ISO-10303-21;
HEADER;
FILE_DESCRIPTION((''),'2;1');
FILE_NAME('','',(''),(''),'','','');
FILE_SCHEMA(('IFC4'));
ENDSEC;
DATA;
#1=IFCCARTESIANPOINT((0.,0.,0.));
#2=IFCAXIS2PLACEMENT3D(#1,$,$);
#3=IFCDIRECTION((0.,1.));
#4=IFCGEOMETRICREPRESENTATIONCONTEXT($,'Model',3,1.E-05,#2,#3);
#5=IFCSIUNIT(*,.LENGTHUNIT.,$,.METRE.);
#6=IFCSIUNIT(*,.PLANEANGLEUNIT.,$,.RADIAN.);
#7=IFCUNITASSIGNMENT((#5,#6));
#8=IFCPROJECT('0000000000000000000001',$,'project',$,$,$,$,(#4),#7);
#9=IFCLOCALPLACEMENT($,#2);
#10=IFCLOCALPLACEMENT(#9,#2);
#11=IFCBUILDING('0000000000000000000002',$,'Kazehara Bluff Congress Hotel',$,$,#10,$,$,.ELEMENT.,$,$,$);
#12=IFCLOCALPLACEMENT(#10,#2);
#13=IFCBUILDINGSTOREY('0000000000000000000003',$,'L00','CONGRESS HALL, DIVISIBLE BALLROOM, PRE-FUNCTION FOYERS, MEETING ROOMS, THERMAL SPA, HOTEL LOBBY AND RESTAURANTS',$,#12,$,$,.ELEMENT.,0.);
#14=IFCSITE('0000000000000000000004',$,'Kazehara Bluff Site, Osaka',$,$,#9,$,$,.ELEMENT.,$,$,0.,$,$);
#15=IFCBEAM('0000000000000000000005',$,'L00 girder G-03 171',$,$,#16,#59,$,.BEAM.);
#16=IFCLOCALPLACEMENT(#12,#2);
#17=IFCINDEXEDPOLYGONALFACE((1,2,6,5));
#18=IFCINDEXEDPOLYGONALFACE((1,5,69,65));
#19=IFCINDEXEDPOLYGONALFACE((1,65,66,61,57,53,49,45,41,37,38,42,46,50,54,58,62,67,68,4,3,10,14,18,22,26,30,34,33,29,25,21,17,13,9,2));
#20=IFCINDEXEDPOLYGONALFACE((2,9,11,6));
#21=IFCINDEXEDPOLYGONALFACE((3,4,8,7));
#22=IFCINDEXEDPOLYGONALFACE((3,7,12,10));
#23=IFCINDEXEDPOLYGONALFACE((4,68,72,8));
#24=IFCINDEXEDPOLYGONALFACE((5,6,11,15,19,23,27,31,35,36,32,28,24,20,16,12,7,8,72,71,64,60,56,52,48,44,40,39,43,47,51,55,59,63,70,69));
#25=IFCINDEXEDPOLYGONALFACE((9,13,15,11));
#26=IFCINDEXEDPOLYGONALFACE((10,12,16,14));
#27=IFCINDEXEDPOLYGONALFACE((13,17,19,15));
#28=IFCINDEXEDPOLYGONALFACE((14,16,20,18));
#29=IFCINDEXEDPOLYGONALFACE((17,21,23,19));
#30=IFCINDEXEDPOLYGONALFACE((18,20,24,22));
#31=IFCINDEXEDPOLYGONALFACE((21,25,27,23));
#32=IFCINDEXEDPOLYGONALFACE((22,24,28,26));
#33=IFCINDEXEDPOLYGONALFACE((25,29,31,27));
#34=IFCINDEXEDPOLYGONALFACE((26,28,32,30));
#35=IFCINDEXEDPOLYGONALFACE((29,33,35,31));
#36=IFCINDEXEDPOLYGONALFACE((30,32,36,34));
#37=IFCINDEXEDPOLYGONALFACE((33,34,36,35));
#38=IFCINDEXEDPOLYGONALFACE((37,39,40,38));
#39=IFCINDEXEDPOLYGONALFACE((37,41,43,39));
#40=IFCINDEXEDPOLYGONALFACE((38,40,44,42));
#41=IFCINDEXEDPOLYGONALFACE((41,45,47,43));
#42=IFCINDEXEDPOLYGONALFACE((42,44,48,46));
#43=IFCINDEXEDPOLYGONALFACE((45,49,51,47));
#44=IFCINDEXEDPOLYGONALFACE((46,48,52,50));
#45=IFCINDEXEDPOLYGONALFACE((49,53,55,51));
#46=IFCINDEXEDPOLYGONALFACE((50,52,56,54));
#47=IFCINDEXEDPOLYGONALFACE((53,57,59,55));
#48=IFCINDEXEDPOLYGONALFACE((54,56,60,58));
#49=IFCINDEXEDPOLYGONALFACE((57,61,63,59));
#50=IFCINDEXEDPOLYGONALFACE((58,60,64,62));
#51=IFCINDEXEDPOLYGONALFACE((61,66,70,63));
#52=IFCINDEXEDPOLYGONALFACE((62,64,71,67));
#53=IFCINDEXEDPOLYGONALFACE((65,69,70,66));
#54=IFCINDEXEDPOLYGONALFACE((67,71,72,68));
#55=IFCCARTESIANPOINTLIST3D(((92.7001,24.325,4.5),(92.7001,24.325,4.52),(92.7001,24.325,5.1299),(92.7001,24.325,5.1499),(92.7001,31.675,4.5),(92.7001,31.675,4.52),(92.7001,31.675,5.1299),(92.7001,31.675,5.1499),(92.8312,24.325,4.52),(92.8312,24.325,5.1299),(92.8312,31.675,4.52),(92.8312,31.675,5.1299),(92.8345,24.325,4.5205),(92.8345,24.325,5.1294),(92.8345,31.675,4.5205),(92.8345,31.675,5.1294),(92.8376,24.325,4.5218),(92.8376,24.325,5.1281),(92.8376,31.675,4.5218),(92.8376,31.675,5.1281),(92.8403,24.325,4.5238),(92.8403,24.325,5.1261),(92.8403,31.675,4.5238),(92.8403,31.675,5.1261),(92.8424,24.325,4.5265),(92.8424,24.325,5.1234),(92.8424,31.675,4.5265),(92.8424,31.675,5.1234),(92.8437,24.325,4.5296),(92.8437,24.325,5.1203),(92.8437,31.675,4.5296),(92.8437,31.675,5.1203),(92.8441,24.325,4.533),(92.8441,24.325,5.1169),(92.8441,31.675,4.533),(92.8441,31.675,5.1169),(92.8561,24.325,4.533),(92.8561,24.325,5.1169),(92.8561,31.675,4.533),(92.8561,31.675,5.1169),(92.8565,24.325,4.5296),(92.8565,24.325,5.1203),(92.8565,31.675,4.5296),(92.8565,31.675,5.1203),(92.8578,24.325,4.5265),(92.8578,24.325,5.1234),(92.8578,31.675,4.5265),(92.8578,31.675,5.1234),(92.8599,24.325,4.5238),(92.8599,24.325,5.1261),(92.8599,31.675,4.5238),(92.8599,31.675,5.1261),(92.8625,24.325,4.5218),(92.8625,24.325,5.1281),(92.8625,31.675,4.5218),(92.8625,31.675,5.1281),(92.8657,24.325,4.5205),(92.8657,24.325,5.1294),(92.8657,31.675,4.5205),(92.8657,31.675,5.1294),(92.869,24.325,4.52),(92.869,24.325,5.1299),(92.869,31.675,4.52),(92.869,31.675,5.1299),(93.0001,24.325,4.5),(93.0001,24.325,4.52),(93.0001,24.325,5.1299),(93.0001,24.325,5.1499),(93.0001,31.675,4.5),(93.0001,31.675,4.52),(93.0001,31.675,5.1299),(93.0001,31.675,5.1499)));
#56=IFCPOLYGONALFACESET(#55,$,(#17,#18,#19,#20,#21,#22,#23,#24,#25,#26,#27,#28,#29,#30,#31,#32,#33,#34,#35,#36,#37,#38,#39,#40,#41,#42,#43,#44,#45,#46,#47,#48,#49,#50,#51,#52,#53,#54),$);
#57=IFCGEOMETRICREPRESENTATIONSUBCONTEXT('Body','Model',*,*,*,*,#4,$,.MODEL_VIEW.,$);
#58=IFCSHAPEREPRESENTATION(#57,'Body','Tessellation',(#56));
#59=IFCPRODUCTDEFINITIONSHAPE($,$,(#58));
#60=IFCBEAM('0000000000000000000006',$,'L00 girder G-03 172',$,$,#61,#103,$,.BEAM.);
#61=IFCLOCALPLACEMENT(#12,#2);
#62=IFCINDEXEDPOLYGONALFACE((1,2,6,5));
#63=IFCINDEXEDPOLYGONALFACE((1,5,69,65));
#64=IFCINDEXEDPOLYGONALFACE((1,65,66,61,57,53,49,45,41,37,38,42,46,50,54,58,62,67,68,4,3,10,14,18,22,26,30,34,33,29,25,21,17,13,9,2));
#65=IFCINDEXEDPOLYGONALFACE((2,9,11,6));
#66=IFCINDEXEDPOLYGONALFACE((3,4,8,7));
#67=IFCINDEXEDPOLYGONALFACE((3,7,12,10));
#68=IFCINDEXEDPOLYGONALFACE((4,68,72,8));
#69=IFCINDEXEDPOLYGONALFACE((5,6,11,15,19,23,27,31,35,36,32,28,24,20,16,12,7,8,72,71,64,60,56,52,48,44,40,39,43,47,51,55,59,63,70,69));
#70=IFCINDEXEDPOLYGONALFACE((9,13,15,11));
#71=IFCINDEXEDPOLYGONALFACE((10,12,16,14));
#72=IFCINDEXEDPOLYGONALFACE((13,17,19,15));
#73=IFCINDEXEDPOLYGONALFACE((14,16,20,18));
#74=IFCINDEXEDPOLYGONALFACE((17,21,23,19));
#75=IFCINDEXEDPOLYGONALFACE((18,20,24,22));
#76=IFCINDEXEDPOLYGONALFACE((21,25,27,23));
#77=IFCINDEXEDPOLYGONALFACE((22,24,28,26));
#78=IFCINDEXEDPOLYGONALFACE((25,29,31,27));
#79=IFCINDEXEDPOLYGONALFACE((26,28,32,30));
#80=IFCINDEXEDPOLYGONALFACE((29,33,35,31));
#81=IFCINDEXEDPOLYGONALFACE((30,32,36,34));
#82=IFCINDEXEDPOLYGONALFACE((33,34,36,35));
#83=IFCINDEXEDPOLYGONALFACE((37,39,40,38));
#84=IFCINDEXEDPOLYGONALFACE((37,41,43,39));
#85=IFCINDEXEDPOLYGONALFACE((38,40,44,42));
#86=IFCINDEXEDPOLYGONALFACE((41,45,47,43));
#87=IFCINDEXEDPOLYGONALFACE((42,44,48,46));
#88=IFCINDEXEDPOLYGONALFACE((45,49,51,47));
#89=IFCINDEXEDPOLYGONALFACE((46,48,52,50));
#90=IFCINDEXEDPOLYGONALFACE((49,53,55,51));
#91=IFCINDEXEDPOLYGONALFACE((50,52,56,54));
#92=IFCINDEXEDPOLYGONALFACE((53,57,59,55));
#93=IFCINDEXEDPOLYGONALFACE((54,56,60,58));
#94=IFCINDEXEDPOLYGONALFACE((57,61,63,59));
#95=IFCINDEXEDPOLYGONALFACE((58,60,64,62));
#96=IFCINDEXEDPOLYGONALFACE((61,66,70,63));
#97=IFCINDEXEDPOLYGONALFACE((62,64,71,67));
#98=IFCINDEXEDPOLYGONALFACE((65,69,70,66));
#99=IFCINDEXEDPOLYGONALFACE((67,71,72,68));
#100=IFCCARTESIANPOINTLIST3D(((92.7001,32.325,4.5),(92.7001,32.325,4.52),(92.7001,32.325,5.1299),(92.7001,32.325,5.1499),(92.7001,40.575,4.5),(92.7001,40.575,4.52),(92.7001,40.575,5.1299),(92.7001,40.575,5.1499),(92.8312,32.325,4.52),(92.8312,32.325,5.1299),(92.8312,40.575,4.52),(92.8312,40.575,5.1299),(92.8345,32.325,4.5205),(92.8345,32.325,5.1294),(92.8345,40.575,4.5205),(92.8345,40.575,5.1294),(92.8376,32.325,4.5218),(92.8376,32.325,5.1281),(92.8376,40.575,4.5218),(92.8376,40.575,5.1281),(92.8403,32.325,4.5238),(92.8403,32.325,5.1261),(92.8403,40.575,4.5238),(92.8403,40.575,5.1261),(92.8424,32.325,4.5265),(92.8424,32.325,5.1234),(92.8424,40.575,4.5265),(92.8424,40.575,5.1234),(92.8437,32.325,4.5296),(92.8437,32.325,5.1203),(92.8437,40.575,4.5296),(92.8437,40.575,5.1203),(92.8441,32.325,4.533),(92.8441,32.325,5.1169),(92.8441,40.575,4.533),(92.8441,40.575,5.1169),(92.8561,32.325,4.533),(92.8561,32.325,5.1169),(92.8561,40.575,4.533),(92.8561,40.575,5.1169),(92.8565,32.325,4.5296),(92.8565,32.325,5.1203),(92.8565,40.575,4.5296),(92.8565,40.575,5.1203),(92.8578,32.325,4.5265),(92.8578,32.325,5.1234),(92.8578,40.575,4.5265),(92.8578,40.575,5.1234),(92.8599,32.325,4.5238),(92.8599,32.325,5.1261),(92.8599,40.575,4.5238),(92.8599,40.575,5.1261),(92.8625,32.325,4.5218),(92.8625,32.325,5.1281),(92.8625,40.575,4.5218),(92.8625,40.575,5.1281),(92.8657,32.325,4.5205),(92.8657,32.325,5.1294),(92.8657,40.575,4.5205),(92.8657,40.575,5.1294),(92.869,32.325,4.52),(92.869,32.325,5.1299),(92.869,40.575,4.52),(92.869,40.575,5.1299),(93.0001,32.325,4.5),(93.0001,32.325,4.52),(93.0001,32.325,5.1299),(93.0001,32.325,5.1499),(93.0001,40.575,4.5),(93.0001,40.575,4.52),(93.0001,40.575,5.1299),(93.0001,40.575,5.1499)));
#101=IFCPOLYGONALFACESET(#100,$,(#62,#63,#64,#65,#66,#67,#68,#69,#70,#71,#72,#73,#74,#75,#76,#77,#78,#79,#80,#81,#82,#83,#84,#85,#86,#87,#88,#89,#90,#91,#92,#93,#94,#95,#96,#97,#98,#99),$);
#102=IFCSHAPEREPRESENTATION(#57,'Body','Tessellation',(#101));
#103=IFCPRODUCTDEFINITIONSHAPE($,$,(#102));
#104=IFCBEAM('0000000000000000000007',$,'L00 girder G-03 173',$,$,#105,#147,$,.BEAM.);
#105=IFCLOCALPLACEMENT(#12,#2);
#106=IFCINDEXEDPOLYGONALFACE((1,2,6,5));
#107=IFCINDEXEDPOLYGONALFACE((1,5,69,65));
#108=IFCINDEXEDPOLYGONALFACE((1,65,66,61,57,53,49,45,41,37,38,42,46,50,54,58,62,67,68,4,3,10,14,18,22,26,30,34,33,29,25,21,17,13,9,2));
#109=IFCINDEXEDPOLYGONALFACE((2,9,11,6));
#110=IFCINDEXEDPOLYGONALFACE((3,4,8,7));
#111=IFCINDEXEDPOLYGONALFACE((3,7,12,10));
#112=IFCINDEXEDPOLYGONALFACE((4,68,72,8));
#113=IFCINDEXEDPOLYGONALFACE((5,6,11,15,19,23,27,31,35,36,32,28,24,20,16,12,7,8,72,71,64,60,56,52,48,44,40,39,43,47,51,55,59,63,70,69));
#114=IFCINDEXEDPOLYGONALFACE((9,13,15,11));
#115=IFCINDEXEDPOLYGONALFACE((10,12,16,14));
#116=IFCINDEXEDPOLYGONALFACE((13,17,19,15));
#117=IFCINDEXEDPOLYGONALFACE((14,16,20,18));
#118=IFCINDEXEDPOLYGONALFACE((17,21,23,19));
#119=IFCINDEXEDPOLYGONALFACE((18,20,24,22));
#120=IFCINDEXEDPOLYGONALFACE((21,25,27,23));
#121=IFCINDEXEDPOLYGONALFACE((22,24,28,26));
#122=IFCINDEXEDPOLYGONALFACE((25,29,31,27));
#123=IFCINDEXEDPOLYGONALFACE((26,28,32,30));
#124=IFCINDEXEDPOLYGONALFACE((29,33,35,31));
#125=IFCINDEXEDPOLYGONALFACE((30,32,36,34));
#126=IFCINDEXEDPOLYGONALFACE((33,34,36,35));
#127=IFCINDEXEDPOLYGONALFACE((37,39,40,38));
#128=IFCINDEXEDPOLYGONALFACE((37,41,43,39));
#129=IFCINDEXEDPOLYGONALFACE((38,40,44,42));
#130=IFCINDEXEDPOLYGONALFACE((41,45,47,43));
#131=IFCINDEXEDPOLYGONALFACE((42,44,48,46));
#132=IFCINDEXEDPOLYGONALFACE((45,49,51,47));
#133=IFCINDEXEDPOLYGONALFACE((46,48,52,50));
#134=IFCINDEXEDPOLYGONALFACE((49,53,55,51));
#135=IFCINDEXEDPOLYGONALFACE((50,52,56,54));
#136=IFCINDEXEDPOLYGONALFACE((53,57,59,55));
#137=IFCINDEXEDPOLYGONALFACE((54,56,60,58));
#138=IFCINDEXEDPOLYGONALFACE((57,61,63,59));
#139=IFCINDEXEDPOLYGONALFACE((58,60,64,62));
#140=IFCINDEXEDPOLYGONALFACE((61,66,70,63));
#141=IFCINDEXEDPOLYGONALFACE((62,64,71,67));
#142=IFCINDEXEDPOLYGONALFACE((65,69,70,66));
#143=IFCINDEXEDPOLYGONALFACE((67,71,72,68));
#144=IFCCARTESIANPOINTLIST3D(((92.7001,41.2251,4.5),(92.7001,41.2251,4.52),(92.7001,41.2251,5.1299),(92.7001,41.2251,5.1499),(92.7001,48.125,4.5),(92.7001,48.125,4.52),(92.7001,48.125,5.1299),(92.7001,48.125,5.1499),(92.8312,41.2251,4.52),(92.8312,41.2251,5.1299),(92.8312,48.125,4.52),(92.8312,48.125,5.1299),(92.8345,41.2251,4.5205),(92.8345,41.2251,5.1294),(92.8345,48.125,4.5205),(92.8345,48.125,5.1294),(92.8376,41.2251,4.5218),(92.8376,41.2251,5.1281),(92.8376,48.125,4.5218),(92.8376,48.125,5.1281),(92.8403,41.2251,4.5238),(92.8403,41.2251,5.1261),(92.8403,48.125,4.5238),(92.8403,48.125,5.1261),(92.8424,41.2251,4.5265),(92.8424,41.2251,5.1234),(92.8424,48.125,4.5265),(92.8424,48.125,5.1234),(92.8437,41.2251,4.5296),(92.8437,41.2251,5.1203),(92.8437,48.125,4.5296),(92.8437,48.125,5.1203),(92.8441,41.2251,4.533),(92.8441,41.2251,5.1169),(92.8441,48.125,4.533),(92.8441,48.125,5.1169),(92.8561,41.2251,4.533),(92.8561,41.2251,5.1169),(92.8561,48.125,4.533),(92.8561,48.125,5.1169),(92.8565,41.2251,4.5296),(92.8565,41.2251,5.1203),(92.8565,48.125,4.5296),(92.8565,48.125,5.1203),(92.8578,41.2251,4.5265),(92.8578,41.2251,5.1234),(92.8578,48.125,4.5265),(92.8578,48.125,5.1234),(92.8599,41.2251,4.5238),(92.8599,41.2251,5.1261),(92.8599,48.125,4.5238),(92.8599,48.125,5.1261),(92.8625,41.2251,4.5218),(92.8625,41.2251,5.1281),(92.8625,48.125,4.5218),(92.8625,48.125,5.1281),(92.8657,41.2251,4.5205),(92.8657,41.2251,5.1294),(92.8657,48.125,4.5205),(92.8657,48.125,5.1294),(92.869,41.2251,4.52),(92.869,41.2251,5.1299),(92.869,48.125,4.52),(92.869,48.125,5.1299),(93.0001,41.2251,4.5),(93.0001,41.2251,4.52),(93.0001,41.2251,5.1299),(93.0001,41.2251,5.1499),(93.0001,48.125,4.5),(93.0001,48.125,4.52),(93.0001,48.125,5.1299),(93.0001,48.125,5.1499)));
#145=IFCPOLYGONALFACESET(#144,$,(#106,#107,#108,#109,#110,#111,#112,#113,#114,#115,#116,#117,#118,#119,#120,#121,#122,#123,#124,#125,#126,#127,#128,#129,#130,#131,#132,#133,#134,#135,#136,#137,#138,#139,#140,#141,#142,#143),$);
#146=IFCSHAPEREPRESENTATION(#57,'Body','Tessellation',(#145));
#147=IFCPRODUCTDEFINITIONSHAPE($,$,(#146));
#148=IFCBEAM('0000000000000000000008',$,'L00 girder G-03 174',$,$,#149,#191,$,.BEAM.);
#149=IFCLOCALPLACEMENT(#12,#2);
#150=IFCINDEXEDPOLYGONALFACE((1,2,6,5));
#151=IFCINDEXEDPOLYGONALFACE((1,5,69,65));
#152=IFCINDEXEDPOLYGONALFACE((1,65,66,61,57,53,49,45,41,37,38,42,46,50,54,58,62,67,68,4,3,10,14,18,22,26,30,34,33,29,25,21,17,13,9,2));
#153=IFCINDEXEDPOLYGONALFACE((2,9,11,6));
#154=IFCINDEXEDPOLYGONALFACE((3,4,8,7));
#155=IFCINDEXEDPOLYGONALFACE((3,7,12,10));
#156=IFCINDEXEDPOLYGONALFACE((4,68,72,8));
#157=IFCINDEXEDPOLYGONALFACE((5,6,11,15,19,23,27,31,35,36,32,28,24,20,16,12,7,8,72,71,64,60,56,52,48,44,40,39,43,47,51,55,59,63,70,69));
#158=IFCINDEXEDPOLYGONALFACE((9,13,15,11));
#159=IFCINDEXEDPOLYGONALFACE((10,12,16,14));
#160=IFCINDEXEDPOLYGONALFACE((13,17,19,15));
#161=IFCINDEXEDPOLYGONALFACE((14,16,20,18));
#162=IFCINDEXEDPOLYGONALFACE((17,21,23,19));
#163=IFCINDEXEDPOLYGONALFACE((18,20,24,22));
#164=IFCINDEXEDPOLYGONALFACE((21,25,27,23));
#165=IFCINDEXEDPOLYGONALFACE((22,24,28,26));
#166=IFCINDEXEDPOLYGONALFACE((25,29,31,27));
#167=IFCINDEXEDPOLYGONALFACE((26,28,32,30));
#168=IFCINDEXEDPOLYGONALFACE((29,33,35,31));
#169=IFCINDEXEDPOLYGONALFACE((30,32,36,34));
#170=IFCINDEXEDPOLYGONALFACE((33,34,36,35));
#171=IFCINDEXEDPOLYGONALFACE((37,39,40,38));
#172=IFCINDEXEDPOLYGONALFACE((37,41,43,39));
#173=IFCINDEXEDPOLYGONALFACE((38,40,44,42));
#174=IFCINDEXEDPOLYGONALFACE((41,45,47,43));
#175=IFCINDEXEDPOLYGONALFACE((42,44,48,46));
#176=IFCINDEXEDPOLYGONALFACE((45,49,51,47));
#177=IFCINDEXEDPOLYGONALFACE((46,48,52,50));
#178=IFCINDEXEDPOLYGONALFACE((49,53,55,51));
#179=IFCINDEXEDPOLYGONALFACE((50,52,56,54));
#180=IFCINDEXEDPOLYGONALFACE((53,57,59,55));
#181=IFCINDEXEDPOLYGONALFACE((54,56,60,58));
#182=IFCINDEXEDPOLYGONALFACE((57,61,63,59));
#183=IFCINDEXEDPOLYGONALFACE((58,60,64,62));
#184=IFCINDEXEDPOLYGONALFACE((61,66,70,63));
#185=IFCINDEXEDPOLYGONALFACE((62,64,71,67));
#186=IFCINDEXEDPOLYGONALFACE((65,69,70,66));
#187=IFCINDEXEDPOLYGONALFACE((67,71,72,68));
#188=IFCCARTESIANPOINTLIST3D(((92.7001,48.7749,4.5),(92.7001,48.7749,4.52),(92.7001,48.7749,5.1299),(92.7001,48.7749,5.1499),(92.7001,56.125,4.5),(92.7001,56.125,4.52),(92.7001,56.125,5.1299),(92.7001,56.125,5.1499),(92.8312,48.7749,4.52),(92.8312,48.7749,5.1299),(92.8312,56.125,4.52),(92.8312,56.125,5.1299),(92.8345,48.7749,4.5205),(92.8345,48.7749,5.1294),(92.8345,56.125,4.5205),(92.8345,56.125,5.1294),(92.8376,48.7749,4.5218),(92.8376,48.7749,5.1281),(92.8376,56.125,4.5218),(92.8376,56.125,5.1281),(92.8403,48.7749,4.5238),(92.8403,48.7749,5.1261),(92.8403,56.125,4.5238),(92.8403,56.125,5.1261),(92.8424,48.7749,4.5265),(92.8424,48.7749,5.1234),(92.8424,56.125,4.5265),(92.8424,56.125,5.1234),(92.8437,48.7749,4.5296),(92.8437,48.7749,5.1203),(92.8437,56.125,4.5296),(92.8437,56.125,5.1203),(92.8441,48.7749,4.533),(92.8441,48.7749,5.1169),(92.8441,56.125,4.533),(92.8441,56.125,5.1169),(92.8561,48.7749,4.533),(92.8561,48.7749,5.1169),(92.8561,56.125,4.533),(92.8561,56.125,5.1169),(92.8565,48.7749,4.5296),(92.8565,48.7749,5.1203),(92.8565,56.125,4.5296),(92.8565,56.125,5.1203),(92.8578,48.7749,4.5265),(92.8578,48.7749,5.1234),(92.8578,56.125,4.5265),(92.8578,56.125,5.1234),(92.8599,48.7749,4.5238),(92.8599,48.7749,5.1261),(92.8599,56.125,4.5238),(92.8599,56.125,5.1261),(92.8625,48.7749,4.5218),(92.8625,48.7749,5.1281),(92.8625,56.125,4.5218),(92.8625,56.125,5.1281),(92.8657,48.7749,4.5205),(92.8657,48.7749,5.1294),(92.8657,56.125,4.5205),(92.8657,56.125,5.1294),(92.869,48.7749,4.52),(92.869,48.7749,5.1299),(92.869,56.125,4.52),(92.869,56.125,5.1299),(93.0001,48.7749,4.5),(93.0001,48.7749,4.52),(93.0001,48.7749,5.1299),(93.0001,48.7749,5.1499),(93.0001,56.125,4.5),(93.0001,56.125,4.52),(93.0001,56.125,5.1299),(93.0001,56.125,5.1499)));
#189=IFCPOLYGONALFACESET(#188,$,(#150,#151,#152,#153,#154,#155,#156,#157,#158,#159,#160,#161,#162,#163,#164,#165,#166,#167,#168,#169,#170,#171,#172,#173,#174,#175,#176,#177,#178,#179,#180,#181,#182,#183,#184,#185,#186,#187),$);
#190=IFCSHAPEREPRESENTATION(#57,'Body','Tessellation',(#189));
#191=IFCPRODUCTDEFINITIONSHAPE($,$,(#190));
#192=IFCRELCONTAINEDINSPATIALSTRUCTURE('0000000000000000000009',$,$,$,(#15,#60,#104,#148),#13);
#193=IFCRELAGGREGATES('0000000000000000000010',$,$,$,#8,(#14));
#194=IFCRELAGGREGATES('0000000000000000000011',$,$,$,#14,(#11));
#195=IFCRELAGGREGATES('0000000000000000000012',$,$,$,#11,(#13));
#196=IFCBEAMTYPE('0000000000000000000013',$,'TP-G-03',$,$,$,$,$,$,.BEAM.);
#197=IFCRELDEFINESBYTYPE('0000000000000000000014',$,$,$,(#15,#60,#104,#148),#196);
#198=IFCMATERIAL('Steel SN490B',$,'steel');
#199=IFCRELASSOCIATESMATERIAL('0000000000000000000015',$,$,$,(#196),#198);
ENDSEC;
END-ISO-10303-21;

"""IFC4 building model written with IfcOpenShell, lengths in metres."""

from ifc_helpers import new_model, si_unit, direction, frame, origin, origin_2d, place, context, subcontext, project, spatial, i_section, extrude, material, material_profile, profile_set, type_object, element, save


model = new_model("IFC4")

# Units and contexts
model_context = context("Model", 3, precision=1e-05, world=origin(), true_north=direction((0.0, 1.0)))
body_context = subcontext(model_context, "Body", "Model", "MODEL_VIEW")
ifc_project = project(units=[si_unit("LENGTHUNIT", "METRE"), si_unit("PLANEANGLEUNIT", "RADIAN")], contexts=[model_context])

# Site, building, storey
site_placement = place(None, origin())
site = spatial("IfcSite", under=ifc_project, at=site_placement, Name="Kazehara Bluff Site, Osaka", CompositionType="ELEMENT", RefElevation=0.0)
building_placement = place(site_placement, origin())
building = spatial("IfcBuilding", under=site, at=building_placement, Name="Kazehara Bluff Congress Hotel", CompositionType="ELEMENT")
storey_placement = place(building_placement, origin())
storey = spatial("IfcBuildingStorey", under=building, at=storey_placement, Name="L00", Description="CONGRESS HALL, DIVISIBLE BALLROOM, PRE-FUNCTION FOYERS, MEETING ROOMS, THERMAL SPA, HOTEL LOBBY AND RESTAURANTS", CompositionType="ELEMENT", Elevation=0.0)

# Beams
ifc_material_1 = material(Name="Steel SN490B", Category="steel")
ifc_material_profile_1 = material_profile(ifc_material_1, i_section(OverallWidth=0.3, OverallDepth=0.6499, WebThickness=0.012, FlangeThickness=0.02, FilletRadius=0.0129, at=origin_2d()))
ifc_profile_set_1 = profile_set([ifc_material_profile_1], Name="Steel SN490B")
beam_type_1 = type_object("IfcBeamType", Name="TP-G-03", PredefinedType="BEAM", material=ifc_profile_set_1)
beam_1_placement = place(storey_placement, frame((92.8501, 24.325, 4.825), z_axis=(0.0, 1.0, 0.0), x_axis=(-1.0, 0.0, 0.0)))
element("IfcBeam", 1, at=beam_1_placement, inside=storey, type_object=beam_type_1, Name="L00 girder G-03 171", PredefinedType="BEAM", context=body_context, shape_type="SweptSolid", body=[
    extrude(i_section(OverallWidth=0.3, OverallDepth=0.6499, WebThickness=0.012, FlangeThickness=0.02, FilletRadius=0.0129, at=origin_2d()), origin(), (0.0, 0.0, 1.0), 7.3501),
])
beam_2_placement = place(storey_placement, frame((92.8501, 32.325, 4.825), z_axis=(0.0, 1.0, 0.0), x_axis=(-1.0, 0.0, 0.0)))
element("IfcBeam", 2, at=beam_2_placement, inside=storey, type_object=beam_type_1, Name="L00 girder G-03 172", PredefinedType="BEAM", context=body_context, shape_type="SweptSolid", body=[
    extrude(i_section(OverallWidth=0.3, OverallDepth=0.6499, WebThickness=0.012, FlangeThickness=0.02, FilletRadius=0.0129, at=origin_2d()), origin(), (0.0, 0.0, 1.0), 8.25),
])
beam_3_placement = place(storey_placement, frame((92.8501, 41.2251, 4.825), z_axis=(0.0, 1.0, 0.0), x_axis=(-1.0, 0.0, 0.0)))
element("IfcBeam", 3, at=beam_3_placement, inside=storey, type_object=beam_type_1, Name="L00 girder G-03 173", PredefinedType="BEAM", context=body_context, shape_type="SweptSolid", body=[
    extrude(i_section(OverallWidth=0.3, OverallDepth=0.6499, WebThickness=0.012, FlangeThickness=0.02, FilletRadius=0.0129, at=origin_2d()), origin(), (0.0, 0.0, 1.0), 6.8999),
])
for number, where, z_axis, x_axis, name in (
    (4, (92.8501, 48.7749, 4.825), (0.0, 1.0, 0.0), (-1.0, 0.0, 0.0), "L00 girder G-03 174"),
):
    element("IfcBeam", number, at=place(storey_placement, frame(where, z_axis=z_axis, x_axis=x_axis)), inside=storey, type_object=beam_type_1, Name=name, PredefinedType="BEAM", context=body_context, shape_type="SweptSolid", body=[
        extrude(i_section(OverallWidth=0.3, OverallDepth=0.6499, WebThickness=0.012, FlangeThickness=0.02, FilletRadius=0.0129, at=origin_2d()), origin(), (0.0, 0.0, 1.0), 7.3501),
    ])

save(model, "model.ifc")
